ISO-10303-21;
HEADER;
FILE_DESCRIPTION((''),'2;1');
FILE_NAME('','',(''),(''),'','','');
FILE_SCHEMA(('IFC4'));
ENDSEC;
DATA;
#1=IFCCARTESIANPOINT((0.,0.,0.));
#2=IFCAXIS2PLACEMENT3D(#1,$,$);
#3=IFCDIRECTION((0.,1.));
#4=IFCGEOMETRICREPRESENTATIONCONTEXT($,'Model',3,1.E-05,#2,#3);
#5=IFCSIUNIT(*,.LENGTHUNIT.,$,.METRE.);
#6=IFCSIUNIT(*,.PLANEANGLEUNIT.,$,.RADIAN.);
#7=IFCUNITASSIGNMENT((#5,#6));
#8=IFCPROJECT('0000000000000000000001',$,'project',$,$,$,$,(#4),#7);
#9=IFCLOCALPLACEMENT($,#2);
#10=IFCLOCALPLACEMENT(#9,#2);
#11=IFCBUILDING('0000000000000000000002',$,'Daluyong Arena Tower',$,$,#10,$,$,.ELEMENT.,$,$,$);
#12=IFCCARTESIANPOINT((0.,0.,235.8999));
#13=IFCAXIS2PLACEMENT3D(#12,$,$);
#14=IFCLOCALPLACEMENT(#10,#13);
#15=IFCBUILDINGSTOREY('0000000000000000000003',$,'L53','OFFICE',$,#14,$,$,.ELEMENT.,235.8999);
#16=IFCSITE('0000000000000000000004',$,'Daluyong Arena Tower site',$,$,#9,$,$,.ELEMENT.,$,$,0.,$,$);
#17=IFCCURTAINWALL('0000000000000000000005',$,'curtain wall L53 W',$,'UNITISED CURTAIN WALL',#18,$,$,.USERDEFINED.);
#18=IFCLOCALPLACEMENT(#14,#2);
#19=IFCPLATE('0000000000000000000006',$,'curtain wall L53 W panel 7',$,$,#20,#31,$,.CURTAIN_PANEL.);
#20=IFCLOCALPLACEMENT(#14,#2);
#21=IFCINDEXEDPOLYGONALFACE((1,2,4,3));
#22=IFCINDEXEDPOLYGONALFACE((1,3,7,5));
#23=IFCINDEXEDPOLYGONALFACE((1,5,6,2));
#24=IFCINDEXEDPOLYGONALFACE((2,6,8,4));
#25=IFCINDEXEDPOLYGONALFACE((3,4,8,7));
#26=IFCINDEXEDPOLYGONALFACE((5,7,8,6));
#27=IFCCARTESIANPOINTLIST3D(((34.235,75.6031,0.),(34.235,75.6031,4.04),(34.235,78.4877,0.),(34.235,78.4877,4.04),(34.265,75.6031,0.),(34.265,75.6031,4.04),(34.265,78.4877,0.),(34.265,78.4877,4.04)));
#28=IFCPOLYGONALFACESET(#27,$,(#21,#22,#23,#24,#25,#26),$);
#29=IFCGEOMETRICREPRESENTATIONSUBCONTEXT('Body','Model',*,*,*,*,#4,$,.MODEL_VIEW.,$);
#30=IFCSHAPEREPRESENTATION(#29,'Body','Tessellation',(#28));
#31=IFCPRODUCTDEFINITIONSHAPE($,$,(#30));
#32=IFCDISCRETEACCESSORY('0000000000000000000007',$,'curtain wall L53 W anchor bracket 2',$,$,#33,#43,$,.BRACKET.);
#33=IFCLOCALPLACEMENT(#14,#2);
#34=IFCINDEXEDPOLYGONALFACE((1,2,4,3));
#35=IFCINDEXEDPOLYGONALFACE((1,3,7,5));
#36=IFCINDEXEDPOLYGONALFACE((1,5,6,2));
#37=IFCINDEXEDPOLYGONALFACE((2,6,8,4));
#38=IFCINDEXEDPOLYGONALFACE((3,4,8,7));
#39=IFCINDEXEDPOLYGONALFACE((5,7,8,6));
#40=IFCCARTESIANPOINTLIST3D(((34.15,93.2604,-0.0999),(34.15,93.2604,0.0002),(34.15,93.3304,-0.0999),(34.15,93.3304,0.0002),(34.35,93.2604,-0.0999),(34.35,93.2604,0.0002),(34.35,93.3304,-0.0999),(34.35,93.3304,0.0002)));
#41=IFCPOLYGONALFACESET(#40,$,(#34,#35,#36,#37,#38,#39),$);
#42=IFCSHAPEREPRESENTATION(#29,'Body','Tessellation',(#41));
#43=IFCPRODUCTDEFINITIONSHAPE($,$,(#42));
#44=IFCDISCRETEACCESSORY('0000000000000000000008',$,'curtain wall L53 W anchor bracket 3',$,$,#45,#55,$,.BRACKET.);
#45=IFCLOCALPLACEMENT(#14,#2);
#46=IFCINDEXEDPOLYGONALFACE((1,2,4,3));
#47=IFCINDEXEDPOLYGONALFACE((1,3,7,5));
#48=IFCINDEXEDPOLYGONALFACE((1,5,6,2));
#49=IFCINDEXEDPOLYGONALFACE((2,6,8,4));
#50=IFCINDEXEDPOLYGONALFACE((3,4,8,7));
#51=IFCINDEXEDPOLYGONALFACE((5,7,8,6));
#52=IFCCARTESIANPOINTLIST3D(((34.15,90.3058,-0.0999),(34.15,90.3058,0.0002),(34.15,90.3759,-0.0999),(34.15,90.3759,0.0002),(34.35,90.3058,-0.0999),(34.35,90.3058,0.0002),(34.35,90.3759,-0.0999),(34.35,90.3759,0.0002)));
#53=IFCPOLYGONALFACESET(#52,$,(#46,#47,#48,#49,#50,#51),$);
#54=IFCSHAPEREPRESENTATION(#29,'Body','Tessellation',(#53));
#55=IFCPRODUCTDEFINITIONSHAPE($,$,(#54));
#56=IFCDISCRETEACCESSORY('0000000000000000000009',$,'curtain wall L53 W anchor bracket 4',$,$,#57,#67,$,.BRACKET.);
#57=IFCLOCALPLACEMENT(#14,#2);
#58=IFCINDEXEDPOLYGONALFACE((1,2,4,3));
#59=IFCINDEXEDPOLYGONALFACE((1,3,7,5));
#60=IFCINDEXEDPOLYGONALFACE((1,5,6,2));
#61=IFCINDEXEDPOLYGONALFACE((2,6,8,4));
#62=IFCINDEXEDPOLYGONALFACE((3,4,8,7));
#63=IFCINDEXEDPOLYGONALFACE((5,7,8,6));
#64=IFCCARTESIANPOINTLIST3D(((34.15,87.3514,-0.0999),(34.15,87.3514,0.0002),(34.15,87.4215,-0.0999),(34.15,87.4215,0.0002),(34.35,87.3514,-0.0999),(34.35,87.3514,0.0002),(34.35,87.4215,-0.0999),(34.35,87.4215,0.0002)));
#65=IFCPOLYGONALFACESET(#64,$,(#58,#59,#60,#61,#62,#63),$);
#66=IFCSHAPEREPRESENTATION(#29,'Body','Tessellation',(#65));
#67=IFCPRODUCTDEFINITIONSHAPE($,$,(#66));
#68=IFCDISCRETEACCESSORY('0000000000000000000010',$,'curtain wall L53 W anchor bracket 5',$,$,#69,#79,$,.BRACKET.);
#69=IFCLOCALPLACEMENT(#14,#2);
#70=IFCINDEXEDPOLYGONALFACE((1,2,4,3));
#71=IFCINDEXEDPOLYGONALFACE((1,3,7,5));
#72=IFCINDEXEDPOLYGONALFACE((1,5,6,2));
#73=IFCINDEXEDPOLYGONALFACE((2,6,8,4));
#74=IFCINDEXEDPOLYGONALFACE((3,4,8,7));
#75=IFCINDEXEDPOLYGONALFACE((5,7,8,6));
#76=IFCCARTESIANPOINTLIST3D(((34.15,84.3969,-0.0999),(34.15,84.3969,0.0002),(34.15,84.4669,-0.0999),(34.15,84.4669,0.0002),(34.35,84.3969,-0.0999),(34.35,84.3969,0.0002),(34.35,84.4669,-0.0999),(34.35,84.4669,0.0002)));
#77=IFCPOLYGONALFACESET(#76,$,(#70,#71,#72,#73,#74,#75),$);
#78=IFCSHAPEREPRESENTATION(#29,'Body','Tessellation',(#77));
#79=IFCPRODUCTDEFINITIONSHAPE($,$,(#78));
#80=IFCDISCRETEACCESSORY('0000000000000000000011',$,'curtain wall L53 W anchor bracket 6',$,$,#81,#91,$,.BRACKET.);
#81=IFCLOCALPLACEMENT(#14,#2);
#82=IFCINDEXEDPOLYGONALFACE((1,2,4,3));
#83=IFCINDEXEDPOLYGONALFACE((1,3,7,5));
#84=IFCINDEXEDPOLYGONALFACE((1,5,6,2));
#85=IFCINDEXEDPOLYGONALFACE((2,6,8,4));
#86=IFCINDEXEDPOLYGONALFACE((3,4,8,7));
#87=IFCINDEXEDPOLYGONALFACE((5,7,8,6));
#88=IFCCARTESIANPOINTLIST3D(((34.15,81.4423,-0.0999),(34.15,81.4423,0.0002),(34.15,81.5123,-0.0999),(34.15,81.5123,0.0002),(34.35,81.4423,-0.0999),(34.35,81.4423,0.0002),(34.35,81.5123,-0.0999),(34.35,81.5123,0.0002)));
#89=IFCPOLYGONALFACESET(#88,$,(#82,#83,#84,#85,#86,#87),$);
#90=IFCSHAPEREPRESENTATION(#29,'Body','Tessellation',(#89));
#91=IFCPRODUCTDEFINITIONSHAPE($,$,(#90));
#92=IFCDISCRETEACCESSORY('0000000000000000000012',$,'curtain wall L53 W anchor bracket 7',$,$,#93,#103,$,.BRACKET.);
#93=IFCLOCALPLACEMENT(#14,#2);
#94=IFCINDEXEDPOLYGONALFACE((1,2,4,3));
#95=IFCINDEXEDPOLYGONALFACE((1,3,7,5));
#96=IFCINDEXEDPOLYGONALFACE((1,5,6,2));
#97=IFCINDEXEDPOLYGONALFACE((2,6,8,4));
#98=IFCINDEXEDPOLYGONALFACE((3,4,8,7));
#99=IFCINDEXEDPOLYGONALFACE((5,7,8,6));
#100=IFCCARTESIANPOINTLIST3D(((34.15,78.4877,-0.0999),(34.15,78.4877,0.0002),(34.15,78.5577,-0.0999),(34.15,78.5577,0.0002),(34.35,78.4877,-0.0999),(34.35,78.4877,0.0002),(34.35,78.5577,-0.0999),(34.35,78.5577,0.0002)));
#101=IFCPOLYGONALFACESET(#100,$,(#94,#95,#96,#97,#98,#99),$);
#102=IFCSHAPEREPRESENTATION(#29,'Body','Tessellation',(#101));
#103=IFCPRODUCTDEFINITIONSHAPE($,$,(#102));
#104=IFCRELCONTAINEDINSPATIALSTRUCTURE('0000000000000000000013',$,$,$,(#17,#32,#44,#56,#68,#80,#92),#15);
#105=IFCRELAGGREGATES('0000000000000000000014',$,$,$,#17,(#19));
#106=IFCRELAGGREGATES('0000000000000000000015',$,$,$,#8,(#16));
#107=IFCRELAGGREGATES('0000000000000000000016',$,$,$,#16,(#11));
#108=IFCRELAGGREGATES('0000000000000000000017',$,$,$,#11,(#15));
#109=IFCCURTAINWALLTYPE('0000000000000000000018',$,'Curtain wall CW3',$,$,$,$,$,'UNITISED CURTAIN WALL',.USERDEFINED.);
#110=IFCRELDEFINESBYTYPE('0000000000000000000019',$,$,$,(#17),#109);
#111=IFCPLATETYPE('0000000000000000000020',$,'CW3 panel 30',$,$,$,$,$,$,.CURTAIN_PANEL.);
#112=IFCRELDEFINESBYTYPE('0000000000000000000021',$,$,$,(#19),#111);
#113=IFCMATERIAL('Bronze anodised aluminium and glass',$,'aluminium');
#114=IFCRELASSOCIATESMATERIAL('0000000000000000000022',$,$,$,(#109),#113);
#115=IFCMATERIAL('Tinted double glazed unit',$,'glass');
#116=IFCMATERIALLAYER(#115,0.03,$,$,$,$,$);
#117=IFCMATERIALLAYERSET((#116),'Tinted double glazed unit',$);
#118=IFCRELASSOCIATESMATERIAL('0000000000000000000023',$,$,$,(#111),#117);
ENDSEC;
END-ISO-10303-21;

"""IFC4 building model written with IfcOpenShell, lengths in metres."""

from ifc_helpers import new_model, si_unit, direction, frame, origin, origin_2d, place, context, subcontext, project, spatial, rectangle, extrude, material, layer, layer_set, type_object, element, aggregate, save


model = new_model("IFC4")

# Units and contexts
model_context = context("Model", 3, precision=1e-05, world=origin(), true_north=direction((0.0, 1.0)))
body_context = subcontext(model_context, "Body", "Model", "MODEL_VIEW")
ifc_project = project(units=[si_unit("LENGTHUNIT", "METRE"), si_unit("PLANEANGLEUNIT", "RADIAN")], contexts=[model_context])

# Site, building, storey
site_placement = place(None, origin())
site = spatial("IfcSite", under=ifc_project, at=site_placement, Name="Daluyong Arena Tower site", CompositionType="ELEMENT", RefElevation=0.0)
building_placement = place(site_placement, origin())
building = spatial("IfcBuilding", under=site, at=building_placement, Name="Daluyong Arena Tower", CompositionType="ELEMENT")
storey_placement = place(building_placement, frame((0.0, 0.0, 235.8999)))
storey = spatial("IfcBuildingStorey", under=building, at=storey_placement, Name="L53", Description="OFFICE", CompositionType="ELEMENT", Elevation=235.8999)

# Curtain wall
ifc_material_1 = material(Name="Bronze anodised aluminium and glass", Category="aluminium")
curtain_wall_type = type_object("IfcCurtainWallType", Name="Curtain wall CW3", ElementType="UNITISED CURTAIN WALL", PredefinedType="USERDEFINED", material=ifc_material_1)
curtain_wall_placement = place(storey_placement, origin())
curtain_wall = element("IfcCurtainWall", 1, at=curtain_wall_placement, inside=storey, type_object=curtain_wall_type, Name="curtain wall L53 W", ObjectType="UNITISED CURTAIN WALL", PredefinedType="USERDEFINED")

# Plate
ifc_material_2 = material(Name="Tinted double glazed unit", Category="glass")
ifc_layer = layer(ifc_material_2, 0.03)
ifc_layer_set = layer_set([ifc_layer], Name="Tinted double glazed unit")
plate_type = type_object("IfcPlateType", Name="CW3 panel 30", PredefinedType="CURTAIN_PANEL", material=ifc_layer_set)
plate_1_placement = place(storey_placement, frame((34.25, 77.0454, 0.0), z_axis=(0.0, 0.0, 1.0), x_axis=(0.0, -1.0, 0.0)))
plate_1 = element("IfcPlate", 2, at=plate_1_placement, type_object=plate_type, Name="curtain wall L53 W panel 7", PredefinedType="CURTAIN_PANEL", context=body_context, shape_type="SweptSolid", body=[
    extrude(rectangle(XDim=2.8845, YDim=0.03, at=origin_2d()), origin(), (0.0, 0.0, 1.0), 4.04),
])
aggregate(curtain_wall, [plate_1])

# Discrete accessories
for number, where, z_axis, x_axis, name in (
    (3, (34.25, 93.2954, -0.0999), (0.0, 0.0, 1.0), (0.0, -1.0, 0.0), "curtain wall L53 W anchor bracket 2"),
    (4, (34.25, 90.3408, -0.0999), (0.0, 0.0, 1.0), (0.0, -1.0, 0.0), "curtain wall L53 W anchor bracket 3"),
    (5, (34.25, 87.3865, -0.0999), (0.0, 0.0, 1.0), (0.0, -1.0, 0.0), "curtain wall L53 W anchor bracket 4"),
    (6, (34.25, 84.4319, -0.0999), (0.0, 0.0, 1.0), (0.0, -1.0, 0.0), "curtain wall L53 W anchor bracket 5"),
    (7, (34.25, 81.4773, -0.0999), (0.0, 0.0, 1.0), (0.0, -1.0, 0.0), "curtain wall L53 W anchor bracket 6"),
    (8, (34.25, 78.5227, -0.0999), (0.0, 0.0, 1.0), (0.0, -1.0, 0.0), "curtain wall L53 W anchor bracket 7"),
):
    element("IfcDiscreteAccessory", number, at=place(storey_placement, frame(where, z_axis=z_axis, x_axis=x_axis)), inside=storey, Name=name, PredefinedType="BRACKET", context=body_context, shape_type="SweptSolid", body=[
        extrude(rectangle(XDim=0.0701, YDim=0.2, at=origin_2d()), origin(), (0.0, 0.0, 1.0), 0.1001),
    ])

save(model, "model.ifc")
